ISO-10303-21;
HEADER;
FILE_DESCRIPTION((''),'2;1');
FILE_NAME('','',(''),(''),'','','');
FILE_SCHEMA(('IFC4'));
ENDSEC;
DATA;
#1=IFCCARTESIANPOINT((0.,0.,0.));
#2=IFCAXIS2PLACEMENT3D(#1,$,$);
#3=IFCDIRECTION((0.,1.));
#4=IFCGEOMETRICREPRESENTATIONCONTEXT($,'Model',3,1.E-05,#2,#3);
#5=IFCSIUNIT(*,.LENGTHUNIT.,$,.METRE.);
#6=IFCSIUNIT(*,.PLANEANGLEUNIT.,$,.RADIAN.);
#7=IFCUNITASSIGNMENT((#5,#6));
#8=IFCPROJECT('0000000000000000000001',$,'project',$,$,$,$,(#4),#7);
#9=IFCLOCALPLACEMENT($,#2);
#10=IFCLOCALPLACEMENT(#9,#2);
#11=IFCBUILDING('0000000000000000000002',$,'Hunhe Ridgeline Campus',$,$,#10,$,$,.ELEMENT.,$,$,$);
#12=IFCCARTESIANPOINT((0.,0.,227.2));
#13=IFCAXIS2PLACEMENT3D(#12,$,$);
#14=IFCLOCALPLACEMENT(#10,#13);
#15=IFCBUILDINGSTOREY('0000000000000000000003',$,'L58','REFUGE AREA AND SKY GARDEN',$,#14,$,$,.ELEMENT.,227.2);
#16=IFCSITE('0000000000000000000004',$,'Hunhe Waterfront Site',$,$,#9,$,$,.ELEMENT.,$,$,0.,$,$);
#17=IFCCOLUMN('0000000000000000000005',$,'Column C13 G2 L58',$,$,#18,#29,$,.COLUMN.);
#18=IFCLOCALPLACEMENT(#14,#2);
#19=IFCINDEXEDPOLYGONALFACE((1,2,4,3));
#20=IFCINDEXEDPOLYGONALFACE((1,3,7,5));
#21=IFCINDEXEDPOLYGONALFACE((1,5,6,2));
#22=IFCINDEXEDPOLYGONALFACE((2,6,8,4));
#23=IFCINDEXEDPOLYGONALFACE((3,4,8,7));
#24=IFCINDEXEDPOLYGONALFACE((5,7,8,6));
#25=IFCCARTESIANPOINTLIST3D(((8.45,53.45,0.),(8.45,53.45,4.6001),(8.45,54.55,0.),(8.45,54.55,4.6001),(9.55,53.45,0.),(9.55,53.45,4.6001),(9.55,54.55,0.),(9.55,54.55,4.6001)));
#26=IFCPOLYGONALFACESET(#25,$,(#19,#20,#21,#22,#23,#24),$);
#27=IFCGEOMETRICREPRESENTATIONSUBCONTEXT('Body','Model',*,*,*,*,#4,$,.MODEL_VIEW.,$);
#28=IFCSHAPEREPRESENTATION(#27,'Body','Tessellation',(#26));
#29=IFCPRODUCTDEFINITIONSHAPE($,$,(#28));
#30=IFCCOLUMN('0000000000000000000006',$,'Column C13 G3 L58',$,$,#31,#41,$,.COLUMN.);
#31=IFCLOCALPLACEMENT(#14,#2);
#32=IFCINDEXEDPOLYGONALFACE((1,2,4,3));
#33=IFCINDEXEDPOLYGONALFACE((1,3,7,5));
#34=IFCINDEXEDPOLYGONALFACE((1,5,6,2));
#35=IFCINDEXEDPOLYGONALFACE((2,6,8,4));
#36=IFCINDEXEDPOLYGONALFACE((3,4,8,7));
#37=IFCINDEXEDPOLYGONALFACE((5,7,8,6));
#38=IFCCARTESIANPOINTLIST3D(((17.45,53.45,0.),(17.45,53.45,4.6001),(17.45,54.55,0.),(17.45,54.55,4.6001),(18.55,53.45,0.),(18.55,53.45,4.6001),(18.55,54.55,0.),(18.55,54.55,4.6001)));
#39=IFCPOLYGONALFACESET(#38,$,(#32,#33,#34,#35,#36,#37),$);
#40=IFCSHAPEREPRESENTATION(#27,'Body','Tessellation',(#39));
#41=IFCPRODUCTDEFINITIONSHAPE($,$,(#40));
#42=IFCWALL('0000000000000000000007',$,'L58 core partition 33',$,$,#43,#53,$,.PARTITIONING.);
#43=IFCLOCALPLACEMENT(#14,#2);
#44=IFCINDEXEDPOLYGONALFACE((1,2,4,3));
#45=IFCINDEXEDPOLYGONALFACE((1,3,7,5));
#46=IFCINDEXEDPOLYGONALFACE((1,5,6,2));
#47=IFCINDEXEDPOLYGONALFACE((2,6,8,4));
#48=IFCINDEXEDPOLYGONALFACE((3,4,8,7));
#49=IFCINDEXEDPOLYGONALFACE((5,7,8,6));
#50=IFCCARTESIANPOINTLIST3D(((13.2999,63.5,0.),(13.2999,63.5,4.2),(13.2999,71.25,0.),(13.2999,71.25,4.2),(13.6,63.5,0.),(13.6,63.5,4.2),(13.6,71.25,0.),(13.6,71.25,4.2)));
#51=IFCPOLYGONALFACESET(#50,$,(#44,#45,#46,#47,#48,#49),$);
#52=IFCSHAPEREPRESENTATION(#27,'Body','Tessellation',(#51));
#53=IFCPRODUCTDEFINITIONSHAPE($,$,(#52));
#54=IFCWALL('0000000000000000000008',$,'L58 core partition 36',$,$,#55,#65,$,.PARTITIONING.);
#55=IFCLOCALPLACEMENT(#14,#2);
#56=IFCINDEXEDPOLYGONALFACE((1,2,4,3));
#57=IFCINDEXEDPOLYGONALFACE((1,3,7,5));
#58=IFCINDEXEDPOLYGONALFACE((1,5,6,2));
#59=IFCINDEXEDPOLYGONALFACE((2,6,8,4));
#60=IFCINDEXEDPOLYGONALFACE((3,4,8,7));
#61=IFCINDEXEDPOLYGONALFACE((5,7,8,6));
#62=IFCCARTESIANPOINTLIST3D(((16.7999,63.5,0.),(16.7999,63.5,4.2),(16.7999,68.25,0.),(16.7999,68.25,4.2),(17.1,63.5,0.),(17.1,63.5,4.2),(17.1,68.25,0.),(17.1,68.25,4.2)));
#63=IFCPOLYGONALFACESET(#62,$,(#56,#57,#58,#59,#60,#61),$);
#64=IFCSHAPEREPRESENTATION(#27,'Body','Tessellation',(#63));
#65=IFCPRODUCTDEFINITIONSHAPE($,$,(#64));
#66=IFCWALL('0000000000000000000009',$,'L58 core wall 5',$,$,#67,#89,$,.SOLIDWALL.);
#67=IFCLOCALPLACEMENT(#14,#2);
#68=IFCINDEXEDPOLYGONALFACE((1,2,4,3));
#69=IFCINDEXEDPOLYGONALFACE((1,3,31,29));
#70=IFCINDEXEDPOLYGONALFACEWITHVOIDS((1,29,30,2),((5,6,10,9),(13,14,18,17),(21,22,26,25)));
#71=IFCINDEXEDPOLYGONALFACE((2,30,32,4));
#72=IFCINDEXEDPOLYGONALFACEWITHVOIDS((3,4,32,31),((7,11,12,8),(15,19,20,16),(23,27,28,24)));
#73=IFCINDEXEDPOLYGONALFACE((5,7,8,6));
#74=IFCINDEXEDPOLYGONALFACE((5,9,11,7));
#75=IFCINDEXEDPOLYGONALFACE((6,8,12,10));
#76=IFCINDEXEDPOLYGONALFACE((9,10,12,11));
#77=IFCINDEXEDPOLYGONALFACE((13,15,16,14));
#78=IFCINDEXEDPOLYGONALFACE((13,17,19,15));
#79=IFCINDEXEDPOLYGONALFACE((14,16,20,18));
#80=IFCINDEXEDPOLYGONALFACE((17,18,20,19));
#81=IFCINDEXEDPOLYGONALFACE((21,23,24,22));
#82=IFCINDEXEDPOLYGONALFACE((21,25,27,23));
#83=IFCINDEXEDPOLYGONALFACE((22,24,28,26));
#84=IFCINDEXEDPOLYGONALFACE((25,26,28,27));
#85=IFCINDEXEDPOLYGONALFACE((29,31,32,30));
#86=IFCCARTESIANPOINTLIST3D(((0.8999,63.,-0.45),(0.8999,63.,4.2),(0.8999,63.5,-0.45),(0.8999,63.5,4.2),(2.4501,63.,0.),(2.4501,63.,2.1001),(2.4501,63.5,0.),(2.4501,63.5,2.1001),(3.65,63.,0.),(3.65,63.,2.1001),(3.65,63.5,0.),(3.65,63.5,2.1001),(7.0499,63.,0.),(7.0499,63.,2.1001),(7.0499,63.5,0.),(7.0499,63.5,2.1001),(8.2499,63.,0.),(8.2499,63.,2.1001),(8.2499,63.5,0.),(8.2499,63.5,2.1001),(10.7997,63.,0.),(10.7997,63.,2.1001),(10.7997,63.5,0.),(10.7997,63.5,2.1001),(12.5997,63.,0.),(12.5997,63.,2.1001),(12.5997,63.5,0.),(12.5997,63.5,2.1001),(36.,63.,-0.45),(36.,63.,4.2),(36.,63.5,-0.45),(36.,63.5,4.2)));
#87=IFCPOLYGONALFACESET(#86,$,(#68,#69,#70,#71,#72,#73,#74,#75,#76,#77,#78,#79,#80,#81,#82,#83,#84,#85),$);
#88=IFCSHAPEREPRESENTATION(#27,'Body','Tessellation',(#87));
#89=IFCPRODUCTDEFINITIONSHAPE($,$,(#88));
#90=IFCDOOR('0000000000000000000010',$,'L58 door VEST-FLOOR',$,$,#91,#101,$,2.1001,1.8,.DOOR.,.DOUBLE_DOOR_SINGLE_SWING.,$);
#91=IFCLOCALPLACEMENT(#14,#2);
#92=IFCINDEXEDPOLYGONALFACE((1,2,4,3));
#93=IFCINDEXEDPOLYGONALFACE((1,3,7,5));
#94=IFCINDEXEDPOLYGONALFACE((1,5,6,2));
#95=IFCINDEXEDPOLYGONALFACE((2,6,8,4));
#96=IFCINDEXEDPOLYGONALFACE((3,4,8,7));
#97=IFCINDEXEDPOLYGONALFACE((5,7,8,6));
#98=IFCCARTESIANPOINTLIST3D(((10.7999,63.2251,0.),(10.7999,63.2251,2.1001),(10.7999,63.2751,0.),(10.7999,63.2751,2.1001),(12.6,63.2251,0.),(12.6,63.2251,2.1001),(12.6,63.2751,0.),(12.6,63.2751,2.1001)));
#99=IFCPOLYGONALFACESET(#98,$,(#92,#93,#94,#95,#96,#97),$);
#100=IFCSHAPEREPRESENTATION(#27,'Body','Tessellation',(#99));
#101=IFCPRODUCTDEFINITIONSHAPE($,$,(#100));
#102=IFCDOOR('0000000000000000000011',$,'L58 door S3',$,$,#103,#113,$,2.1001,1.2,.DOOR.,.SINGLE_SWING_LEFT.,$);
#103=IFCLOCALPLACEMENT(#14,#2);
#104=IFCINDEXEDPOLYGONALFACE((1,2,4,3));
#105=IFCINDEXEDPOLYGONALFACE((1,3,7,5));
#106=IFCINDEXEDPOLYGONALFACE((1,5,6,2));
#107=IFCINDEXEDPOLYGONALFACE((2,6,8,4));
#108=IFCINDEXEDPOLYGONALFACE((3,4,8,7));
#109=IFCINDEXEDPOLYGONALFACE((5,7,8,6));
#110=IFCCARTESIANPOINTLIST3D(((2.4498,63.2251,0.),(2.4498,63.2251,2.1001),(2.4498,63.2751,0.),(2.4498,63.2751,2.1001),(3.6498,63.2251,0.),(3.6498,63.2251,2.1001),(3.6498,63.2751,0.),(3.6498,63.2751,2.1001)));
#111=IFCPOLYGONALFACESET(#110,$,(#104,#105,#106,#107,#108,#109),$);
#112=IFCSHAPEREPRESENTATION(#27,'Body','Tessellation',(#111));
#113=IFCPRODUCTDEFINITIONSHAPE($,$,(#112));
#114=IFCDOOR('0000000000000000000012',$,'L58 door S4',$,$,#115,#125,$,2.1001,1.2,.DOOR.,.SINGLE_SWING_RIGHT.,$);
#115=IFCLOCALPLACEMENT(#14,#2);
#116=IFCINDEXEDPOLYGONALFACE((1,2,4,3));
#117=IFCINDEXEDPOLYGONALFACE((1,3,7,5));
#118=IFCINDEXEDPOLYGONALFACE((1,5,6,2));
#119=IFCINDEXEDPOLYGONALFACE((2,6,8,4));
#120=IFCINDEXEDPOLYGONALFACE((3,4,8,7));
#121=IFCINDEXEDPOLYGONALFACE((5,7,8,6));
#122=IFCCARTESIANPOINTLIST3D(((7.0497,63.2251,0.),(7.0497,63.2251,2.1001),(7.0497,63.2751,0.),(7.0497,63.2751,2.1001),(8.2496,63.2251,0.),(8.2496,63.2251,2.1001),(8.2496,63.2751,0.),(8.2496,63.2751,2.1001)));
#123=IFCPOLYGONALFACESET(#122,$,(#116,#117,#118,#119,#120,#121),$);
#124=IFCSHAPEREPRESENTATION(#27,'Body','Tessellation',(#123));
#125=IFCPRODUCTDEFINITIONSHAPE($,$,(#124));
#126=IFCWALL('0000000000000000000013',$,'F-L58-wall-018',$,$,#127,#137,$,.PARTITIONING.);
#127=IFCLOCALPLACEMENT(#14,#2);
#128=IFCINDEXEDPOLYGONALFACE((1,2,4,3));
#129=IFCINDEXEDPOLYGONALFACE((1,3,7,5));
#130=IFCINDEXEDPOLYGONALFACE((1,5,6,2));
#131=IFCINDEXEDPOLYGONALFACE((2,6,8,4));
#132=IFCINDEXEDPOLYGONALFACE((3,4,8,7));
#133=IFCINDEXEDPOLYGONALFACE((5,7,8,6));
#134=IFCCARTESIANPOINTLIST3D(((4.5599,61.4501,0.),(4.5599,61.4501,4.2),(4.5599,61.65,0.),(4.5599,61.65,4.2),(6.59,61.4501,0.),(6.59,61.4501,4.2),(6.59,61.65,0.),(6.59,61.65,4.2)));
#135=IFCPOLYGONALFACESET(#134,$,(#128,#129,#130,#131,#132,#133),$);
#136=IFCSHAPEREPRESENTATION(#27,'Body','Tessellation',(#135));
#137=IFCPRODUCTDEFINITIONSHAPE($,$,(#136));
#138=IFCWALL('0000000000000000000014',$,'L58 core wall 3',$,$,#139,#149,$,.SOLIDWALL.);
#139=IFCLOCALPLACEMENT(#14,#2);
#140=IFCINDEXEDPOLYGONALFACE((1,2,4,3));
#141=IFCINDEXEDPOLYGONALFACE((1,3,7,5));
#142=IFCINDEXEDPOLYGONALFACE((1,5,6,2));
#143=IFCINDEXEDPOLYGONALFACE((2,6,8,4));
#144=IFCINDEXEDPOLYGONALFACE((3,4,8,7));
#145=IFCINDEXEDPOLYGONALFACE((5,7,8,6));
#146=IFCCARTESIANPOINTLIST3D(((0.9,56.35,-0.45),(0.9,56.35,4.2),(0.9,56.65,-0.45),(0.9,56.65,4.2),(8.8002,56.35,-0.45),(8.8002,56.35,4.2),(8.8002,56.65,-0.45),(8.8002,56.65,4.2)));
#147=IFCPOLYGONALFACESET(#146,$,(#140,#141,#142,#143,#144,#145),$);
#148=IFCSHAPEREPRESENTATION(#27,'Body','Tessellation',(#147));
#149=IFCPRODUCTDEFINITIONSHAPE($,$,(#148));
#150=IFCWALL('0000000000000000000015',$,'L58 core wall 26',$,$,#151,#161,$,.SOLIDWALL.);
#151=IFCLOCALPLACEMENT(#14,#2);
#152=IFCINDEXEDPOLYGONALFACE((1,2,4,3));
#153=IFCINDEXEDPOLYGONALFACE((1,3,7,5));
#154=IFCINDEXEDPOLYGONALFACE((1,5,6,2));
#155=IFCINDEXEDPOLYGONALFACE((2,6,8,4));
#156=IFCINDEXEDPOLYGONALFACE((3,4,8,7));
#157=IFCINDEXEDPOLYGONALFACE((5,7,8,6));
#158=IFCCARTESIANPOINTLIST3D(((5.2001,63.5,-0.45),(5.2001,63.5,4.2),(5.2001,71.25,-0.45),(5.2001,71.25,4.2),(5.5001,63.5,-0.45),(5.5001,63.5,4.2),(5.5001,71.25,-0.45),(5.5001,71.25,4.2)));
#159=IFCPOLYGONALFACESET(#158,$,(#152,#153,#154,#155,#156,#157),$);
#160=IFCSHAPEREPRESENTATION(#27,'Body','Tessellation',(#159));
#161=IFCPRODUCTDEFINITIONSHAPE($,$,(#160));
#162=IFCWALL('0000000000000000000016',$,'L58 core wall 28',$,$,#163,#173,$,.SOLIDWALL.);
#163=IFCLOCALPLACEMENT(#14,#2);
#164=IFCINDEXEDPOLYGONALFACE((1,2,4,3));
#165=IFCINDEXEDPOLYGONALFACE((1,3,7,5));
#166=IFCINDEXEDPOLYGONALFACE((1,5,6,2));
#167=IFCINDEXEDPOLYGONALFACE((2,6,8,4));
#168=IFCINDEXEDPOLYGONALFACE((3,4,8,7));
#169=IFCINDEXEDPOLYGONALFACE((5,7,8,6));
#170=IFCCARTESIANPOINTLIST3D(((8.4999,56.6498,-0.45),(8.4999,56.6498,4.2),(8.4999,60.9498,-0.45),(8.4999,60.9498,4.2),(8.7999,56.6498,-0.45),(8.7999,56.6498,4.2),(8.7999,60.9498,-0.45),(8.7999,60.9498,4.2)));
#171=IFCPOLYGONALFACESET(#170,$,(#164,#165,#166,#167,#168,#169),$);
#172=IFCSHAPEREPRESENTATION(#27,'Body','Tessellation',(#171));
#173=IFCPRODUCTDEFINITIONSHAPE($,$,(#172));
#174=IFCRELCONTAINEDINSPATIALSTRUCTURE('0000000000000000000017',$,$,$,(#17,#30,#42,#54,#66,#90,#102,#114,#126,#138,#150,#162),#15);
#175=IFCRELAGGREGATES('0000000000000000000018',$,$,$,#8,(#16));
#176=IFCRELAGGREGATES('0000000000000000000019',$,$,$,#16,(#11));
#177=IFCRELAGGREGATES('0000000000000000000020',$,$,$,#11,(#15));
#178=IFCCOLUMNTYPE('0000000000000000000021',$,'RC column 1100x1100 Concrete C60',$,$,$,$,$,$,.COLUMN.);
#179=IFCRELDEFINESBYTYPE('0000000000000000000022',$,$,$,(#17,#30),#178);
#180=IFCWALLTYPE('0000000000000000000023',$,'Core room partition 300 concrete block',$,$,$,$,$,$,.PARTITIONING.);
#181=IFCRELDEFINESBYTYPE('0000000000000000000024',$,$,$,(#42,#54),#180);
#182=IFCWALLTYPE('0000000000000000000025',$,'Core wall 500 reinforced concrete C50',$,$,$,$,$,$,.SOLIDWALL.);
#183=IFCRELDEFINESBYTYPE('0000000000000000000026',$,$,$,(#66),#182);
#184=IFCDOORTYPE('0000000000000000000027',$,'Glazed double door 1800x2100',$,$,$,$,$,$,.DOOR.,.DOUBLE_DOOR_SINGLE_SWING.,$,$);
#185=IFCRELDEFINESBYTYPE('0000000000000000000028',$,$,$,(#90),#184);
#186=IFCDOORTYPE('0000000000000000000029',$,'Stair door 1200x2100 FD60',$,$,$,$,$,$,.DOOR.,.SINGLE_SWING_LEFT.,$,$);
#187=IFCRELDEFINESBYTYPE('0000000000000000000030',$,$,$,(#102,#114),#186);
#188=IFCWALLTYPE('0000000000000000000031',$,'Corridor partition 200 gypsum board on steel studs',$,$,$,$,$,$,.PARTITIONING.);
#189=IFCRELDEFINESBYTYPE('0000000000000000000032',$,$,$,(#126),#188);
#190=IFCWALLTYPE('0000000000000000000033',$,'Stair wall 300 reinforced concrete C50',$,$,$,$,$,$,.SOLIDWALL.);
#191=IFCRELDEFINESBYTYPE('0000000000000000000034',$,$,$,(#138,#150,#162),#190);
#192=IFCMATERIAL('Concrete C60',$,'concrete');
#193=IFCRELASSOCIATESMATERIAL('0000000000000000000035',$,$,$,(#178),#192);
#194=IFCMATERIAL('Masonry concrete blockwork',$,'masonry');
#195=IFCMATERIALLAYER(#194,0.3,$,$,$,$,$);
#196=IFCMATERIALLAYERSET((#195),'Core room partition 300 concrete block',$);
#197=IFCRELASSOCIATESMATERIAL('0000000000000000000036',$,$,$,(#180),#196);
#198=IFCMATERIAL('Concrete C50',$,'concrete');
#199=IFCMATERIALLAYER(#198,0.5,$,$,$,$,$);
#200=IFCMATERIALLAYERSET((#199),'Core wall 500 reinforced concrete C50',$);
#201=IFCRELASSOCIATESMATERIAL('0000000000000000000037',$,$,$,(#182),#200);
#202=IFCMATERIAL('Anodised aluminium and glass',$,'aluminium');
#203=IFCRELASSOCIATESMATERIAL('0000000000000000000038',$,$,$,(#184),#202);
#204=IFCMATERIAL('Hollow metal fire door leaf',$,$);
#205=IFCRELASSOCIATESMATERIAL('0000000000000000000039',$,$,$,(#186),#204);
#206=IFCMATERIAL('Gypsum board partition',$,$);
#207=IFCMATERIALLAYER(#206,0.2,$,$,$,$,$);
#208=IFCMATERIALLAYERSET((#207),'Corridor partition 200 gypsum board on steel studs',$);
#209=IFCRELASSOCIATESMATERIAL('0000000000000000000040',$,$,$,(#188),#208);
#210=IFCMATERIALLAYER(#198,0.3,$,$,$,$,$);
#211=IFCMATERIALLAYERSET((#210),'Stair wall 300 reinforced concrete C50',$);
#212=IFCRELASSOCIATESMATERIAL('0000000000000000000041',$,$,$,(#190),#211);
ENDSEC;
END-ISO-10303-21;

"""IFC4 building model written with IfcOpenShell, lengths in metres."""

from ifc_helpers import new_model, si_unit, direction, frame, frame_2d, origin, origin_2d, place, context, subcontext, project, spatial, rectangle, extrude, material, layer, layer_set, material_profile, profile_set, type_object, element, fill, save


model = new_model("IFC4")

# Units and contexts
model_context = context("Model", 3, precision=1e-05, world=origin(), true_north=direction((0.0, 1.0)))
body_context = subcontext(model_context, "Body", "Model", "MODEL_VIEW")
ifc_project = project(units=[si_unit("LENGTHUNIT", "METRE"), si_unit("PLANEANGLEUNIT", "RADIAN")], contexts=[model_context])

# Site, building, storey
site_placement = place(None, origin())
site = spatial("IfcSite", under=ifc_project, at=site_placement, Name="Hunhe Waterfront Site", CompositionType="ELEMENT", RefElevation=0.0)
building_placement = place(site_placement, origin())
building = spatial("IfcBuilding", under=site, at=building_placement, Name="Hunhe Ridgeline Campus", CompositionType="ELEMENT")
storey_placement = place(building_placement, frame((0.0, 0.0, 227.2)))
storey = spatial("IfcBuildingStorey", under=building, at=storey_placement, Name="L58", Description="REFUGE AREA AND SKY GARDEN", CompositionType="ELEMENT", Elevation=227.2)

# Columns
ifc_material_1 = material(Name="Concrete C60", Category="concrete")
ifc_material_profile = material_profile(ifc_material_1, rectangle(XDim=1.1001, YDim=1.1001, at=origin_2d()))
ifc_profile_set = profile_set([ifc_material_profile], Name="Concrete C60")
column_type = type_object("IfcColumnType", Name="RC column 1100x1100 Concrete C60", PredefinedType="COLUMN", material=ifc_profile_set)
for number, where, z_axis, x_axis, name in (
    (1, (9.0, 54.0, 0.0), (0.0, 0.0, 1.0), (1.0, 0.0, 0.0), "Column C13 G2 L58"),
    (2, (18.0, 54.0, 0.0), (0.0, 0.0, 1.0), (1.0, 0.0, 0.0), "Column C13 G3 L58"),
):
    element("IfcColumn", number, at=place(storey_placement, frame(where, z_axis=z_axis, x_axis=x_axis)), inside=storey, type_object=column_type, Name=name, PredefinedType="COLUMN", context=body_context, shape_type="SweptSolid", body=[
        extrude(rectangle(XDim=1.1001, YDim=1.1001, at=origin_2d()), origin(), (0.0, 0.0, 1.0), 4.6001),
    ])

# Shared definitions
ifc_material_2 = material(Name="Masonry concrete blockwork", Category="masonry")
ifc_layer_1 = layer(ifc_material_2, 0.3)
ifc_layer_set_1 = layer_set([ifc_layer_1], Name="Core room partition 300 concrete block")
wall_type_1 = type_object("IfcWallType", Name="Core room partition 300 concrete block", PredefinedType="PARTITIONING", material=ifc_layer_set_1)

# Walls
wall_1_placement = place(storey_placement, frame((13.45, 63.5, 0.0), z_axis=(0.0, 0.0, 1.0), x_axis=(0.0, 1.0, 0.0)))
element("IfcWall", 3, at=wall_1_placement, inside=storey, type_object=wall_type_1, Name="L58 core partition 33", PredefinedType="PARTITIONING", context=body_context, shape_type="SweptSolid", body=[
    extrude(rectangle(XDim=7.75, YDim=0.3, at=frame_2d((3.875, 0.0))), origin(), (0.0, 0.0, 1.0), 4.2),
])
wall_2_placement = place(storey_placement, frame((16.95, 63.5, 0.0), z_axis=(0.0, 0.0, 1.0), x_axis=(0.0, 1.0, 0.0)))
element("IfcWall", 4, at=wall_2_placement, inside=storey, type_object=wall_type_1, Name="L58 core partition 36", PredefinedType="PARTITIONING", context=body_context, shape_type="SweptSolid", body=[
    extrude(rectangle(XDim=4.75, YDim=0.3, at=frame_2d((2.375, 0.0))), origin(), (0.0, 0.0, 1.0), 4.2),
])

# Wall, openings, doors
ifc_material_3 = material(Name="Concrete C50", Category="concrete")
ifc_layer_2 = layer(ifc_material_3, 0.5)
ifc_layer_set_2 = layer_set([ifc_layer_2], Name="Core wall 500 reinforced concrete C50")
wall_type_2 = type_object("IfcWallType", Name="Core wall 500 reinforced concrete C50", PredefinedType="SOLIDWALL", material=ifc_layer_set_2)
wall_3_placement = place(storey_placement, frame((0.8999, 63.25, -0.45), z_axis=(0.0, 0.0, 1.0), x_axis=(1.0, 0.0, 0.0)))
wall_3 = element("IfcWall", 5, at=wall_3_placement, inside=storey, type_object=wall_type_2, Name="L58 core wall 5", PredefinedType="SOLIDWALL", context=body_context, shape_type="SweptSolid", body=[
    extrude(rectangle(XDim=35.1001, YDim=0.5, at=frame_2d((17.55, 0.0))), origin(), (0.0, 0.0, 1.0), 4.6499),
])
opening_1_placement = place(wall_3_placement, frame((9.8999, 0.0, 0.45)))
opening_1 = element("IfcOpeningElement", 6, at=opening_1_placement, cuts=wall_3, PredefinedType="OPENING", context=body_context, shape_type="SweptSolid", body=[
    extrude(rectangle(XDim=1.8, YDim=2.1001, at=frame_2d((0.8999, 1.05))), frame((0.0, 0.25, 0.0), z_axis=(0.0, -1.0, 0.0), x_axis=(1.0, 0.0, 0.0)), (0.0, 0.0, 1.0), 0.5),
])
opening_2_placement = place(wall_3_placement, frame((1.55, 0.0, 0.45)))
opening_2 = element("IfcOpeningElement", 7, at=opening_2_placement, cuts=wall_3, PredefinedType="OPENING", context=body_context, shape_type="SweptSolid", body=[
    extrude(rectangle(XDim=1.2, YDim=2.1001, at=frame_2d((0.6001, 1.05))), frame((0.0, 0.25, 0.0), z_axis=(0.0, -1.0, 0.0), x_axis=(1.0, 0.0, 0.0)), (0.0, 0.0, 1.0), 0.5),
])
opening_3_placement = place(wall_3_placement, frame((6.1499, 0.0, 0.45)))
opening_3 = element("IfcOpeningElement", 8, at=opening_3_placement, cuts=wall_3, PredefinedType="OPENING", context=body_context, shape_type="SweptSolid", body=[
    extrude(rectangle(XDim=1.2, YDim=2.1001, at=frame_2d((0.6001, 1.05))), frame((0.0, 0.25, 0.0), z_axis=(0.0, -1.0, 0.0), x_axis=(1.0, 0.0, 0.0)), (0.0, 0.0, 1.0), 0.5),
])
ifc_material_4 = material(Name="Anodised aluminium and glass", Category="aluminium")
door_type_1 = type_object("IfcDoorType", Name="Glazed double door 1800x2100", OperationType="DOUBLE_DOOR_SINGLE_SWING", PredefinedType="DOOR", material=ifc_material_4)
door_1_placement = place(opening_1_placement, frame((1.8, 0.0, 0.0), z_axis=(0.0, 0.0, 1.0), x_axis=(-1.0, 0.0, 0.0)))
door_1 = element("IfcDoor", 9, at=door_1_placement, inside=storey, type_object=door_type_1, Name="L58 door VEST-FLOOR", OperationType="DOUBLE_DOOR_SINGLE_SWING", OverallHeight=2.1001, OverallWidth=1.8, PredefinedType="DOOR", context=body_context, shape_type="SweptSolid", body=[
    extrude(rectangle(XDim=1.8, YDim=2.1001, at=frame_2d((0.8999, 1.05))), frame((0.0, 0.0249, 0.0), z_axis=(0.0, -1.0, 0.0), x_axis=(1.0, 0.0, 0.0)), (0.0, 0.0, 1.0), 0.05),
])
fill(opening_1, door_1)
ifc_material_5 = material(Name="Hollow metal fire door leaf")
door_type_2 = type_object("IfcDoorType", Name="Stair door 1200x2100 FD60", OperationType="SINGLE_SWING_LEFT", PredefinedType="DOOR", material=ifc_material_5)
door_2_placement = place(opening_2_placement, frame((1.2, 0.0, 0.0), z_axis=(0.0, 0.0, 1.0), x_axis=(-1.0, 0.0, 0.0)))
door_2 = element("IfcDoor", 10, at=door_2_placement, inside=storey, type_object=door_type_2, Name="L58 door S3", OperationType="SINGLE_SWING_LEFT", OverallHeight=2.1001, OverallWidth=1.2, PredefinedType="DOOR", context=body_context, shape_type="SweptSolid", body=[
    extrude(rectangle(XDim=1.2, YDim=2.1001, at=frame_2d((0.6001, 1.05))), frame((0.0, 0.0249, 0.0), z_axis=(0.0, -1.0, 0.0), x_axis=(1.0, 0.0, 0.0)), (0.0, 0.0, 1.0), 0.05),
])
fill(opening_2, door_2)
door_3_placement = place(opening_3_placement, frame((1.2, 0.0, 0.0), z_axis=(0.0, 0.0, 1.0), x_axis=(-1.0, 0.0, 0.0)))
door_3 = element("IfcDoor", 11, at=door_3_placement, inside=storey, type_object=door_type_2, Name="L58 door S4", OperationType="SINGLE_SWING_RIGHT", OverallHeight=2.1001, OverallWidth=1.2, PredefinedType="DOOR", context=body_context, shape_type="SweptSolid", body=[
    extrude(rectangle(XDim=1.2, YDim=2.1001, at=frame_2d((0.6001, 1.05))), frame((0.0, 0.0249, 0.0), z_axis=(0.0, -1.0, 0.0), x_axis=(1.0, 0.0, 0.0)), (0.0, 0.0, 1.0), 0.05),
])
fill(opening_3, door_3)

# Walls
ifc_material_6 = material(Name="Gypsum board partition")
ifc_layer_3 = layer(ifc_material_6, 0.2)
ifc_layer_set_3 = layer_set([ifc_layer_3], Name="Corridor partition 200 gypsum board on steel studs")
wall_type_3 = type_object("IfcWallType", Name="Corridor partition 200 gypsum board on steel studs", PredefinedType="PARTITIONING", material=ifc_layer_set_3)
wall_4_placement = place(storey_placement, frame((6.5901, 61.55, 0.0), z_axis=(0.0, 0.0, 1.0), x_axis=(-1.0, 0.0, 0.0)))
element("IfcWall", 12, at=wall_4_placement, inside=storey, type_object=wall_type_3, Name="F-L58-wall-018", PredefinedType="PARTITIONING", context=body_context, shape_type="SweptSolid", body=[
    extrude(rectangle(XDim=2.03, YDim=0.2, at=frame_2d((1.0151, 0.0))), origin(), (0.0, 0.0, 1.0), 4.2),
])
ifc_layer_4 = layer(ifc_material_3, 0.3)
ifc_layer_set_4 = layer_set([ifc_layer_4], Name="Stair wall 300 reinforced concrete C50")
wall_type_4 = type_object("IfcWallType", Name="Stair wall 300 reinforced concrete C50", PredefinedType="SOLIDWALL", material=ifc_layer_set_4)
wall_5_placement = place(storey_placement, frame((0.8999, 56.5, -0.45), z_axis=(0.0, 0.0, 1.0), x_axis=(1.0, 0.0, 0.0)))
element("IfcWall", 13, at=wall_5_placement, inside=storey, type_object=wall_type_4, Name="L58 core wall 3", PredefinedType="SOLIDWALL", context=body_context, shape_type="SweptSolid", body=[
    extrude(rectangle(XDim=7.9001, YDim=0.3, at=frame_2d((3.9502, 0.0))), origin(), (0.0, 0.0, 1.0), 4.6499),
])

# Walls
wall_6_placement = place(storey_placement, frame((5.3501, 63.5, -0.45), z_axis=(0.0, 0.0, 1.0), x_axis=(0.0, 1.0, 0.0)))
element("IfcWall", 14, at=wall_6_placement, inside=storey, type_object=wall_type_4, Name="L58 core wall 26", PredefinedType="SOLIDWALL", context=body_context, shape_type="SweptSolid", body=[
    extrude(rectangle(XDim=7.75, YDim=0.3, at=frame_2d((3.875, 0.0))), origin(), (0.0, 0.0, 1.0), 4.6499),
])
wall_7_placement = place(storey_placement, frame((8.6499, 56.6499, -0.45), z_axis=(0.0, 0.0, 1.0), x_axis=(0.0, 1.0, 0.0)))
element("IfcWall", 15, at=wall_7_placement, inside=storey, type_object=wall_type_4, Name="L58 core wall 28", PredefinedType="SOLIDWALL", context=body_context, shape_type="SweptSolid", body=[
    extrude(rectangle(XDim=4.3, YDim=0.3, at=frame_2d((2.1499, 0.0))), origin(), (0.0, 0.0, 1.0), 4.6499),
])

save(model, "model.ifc")
